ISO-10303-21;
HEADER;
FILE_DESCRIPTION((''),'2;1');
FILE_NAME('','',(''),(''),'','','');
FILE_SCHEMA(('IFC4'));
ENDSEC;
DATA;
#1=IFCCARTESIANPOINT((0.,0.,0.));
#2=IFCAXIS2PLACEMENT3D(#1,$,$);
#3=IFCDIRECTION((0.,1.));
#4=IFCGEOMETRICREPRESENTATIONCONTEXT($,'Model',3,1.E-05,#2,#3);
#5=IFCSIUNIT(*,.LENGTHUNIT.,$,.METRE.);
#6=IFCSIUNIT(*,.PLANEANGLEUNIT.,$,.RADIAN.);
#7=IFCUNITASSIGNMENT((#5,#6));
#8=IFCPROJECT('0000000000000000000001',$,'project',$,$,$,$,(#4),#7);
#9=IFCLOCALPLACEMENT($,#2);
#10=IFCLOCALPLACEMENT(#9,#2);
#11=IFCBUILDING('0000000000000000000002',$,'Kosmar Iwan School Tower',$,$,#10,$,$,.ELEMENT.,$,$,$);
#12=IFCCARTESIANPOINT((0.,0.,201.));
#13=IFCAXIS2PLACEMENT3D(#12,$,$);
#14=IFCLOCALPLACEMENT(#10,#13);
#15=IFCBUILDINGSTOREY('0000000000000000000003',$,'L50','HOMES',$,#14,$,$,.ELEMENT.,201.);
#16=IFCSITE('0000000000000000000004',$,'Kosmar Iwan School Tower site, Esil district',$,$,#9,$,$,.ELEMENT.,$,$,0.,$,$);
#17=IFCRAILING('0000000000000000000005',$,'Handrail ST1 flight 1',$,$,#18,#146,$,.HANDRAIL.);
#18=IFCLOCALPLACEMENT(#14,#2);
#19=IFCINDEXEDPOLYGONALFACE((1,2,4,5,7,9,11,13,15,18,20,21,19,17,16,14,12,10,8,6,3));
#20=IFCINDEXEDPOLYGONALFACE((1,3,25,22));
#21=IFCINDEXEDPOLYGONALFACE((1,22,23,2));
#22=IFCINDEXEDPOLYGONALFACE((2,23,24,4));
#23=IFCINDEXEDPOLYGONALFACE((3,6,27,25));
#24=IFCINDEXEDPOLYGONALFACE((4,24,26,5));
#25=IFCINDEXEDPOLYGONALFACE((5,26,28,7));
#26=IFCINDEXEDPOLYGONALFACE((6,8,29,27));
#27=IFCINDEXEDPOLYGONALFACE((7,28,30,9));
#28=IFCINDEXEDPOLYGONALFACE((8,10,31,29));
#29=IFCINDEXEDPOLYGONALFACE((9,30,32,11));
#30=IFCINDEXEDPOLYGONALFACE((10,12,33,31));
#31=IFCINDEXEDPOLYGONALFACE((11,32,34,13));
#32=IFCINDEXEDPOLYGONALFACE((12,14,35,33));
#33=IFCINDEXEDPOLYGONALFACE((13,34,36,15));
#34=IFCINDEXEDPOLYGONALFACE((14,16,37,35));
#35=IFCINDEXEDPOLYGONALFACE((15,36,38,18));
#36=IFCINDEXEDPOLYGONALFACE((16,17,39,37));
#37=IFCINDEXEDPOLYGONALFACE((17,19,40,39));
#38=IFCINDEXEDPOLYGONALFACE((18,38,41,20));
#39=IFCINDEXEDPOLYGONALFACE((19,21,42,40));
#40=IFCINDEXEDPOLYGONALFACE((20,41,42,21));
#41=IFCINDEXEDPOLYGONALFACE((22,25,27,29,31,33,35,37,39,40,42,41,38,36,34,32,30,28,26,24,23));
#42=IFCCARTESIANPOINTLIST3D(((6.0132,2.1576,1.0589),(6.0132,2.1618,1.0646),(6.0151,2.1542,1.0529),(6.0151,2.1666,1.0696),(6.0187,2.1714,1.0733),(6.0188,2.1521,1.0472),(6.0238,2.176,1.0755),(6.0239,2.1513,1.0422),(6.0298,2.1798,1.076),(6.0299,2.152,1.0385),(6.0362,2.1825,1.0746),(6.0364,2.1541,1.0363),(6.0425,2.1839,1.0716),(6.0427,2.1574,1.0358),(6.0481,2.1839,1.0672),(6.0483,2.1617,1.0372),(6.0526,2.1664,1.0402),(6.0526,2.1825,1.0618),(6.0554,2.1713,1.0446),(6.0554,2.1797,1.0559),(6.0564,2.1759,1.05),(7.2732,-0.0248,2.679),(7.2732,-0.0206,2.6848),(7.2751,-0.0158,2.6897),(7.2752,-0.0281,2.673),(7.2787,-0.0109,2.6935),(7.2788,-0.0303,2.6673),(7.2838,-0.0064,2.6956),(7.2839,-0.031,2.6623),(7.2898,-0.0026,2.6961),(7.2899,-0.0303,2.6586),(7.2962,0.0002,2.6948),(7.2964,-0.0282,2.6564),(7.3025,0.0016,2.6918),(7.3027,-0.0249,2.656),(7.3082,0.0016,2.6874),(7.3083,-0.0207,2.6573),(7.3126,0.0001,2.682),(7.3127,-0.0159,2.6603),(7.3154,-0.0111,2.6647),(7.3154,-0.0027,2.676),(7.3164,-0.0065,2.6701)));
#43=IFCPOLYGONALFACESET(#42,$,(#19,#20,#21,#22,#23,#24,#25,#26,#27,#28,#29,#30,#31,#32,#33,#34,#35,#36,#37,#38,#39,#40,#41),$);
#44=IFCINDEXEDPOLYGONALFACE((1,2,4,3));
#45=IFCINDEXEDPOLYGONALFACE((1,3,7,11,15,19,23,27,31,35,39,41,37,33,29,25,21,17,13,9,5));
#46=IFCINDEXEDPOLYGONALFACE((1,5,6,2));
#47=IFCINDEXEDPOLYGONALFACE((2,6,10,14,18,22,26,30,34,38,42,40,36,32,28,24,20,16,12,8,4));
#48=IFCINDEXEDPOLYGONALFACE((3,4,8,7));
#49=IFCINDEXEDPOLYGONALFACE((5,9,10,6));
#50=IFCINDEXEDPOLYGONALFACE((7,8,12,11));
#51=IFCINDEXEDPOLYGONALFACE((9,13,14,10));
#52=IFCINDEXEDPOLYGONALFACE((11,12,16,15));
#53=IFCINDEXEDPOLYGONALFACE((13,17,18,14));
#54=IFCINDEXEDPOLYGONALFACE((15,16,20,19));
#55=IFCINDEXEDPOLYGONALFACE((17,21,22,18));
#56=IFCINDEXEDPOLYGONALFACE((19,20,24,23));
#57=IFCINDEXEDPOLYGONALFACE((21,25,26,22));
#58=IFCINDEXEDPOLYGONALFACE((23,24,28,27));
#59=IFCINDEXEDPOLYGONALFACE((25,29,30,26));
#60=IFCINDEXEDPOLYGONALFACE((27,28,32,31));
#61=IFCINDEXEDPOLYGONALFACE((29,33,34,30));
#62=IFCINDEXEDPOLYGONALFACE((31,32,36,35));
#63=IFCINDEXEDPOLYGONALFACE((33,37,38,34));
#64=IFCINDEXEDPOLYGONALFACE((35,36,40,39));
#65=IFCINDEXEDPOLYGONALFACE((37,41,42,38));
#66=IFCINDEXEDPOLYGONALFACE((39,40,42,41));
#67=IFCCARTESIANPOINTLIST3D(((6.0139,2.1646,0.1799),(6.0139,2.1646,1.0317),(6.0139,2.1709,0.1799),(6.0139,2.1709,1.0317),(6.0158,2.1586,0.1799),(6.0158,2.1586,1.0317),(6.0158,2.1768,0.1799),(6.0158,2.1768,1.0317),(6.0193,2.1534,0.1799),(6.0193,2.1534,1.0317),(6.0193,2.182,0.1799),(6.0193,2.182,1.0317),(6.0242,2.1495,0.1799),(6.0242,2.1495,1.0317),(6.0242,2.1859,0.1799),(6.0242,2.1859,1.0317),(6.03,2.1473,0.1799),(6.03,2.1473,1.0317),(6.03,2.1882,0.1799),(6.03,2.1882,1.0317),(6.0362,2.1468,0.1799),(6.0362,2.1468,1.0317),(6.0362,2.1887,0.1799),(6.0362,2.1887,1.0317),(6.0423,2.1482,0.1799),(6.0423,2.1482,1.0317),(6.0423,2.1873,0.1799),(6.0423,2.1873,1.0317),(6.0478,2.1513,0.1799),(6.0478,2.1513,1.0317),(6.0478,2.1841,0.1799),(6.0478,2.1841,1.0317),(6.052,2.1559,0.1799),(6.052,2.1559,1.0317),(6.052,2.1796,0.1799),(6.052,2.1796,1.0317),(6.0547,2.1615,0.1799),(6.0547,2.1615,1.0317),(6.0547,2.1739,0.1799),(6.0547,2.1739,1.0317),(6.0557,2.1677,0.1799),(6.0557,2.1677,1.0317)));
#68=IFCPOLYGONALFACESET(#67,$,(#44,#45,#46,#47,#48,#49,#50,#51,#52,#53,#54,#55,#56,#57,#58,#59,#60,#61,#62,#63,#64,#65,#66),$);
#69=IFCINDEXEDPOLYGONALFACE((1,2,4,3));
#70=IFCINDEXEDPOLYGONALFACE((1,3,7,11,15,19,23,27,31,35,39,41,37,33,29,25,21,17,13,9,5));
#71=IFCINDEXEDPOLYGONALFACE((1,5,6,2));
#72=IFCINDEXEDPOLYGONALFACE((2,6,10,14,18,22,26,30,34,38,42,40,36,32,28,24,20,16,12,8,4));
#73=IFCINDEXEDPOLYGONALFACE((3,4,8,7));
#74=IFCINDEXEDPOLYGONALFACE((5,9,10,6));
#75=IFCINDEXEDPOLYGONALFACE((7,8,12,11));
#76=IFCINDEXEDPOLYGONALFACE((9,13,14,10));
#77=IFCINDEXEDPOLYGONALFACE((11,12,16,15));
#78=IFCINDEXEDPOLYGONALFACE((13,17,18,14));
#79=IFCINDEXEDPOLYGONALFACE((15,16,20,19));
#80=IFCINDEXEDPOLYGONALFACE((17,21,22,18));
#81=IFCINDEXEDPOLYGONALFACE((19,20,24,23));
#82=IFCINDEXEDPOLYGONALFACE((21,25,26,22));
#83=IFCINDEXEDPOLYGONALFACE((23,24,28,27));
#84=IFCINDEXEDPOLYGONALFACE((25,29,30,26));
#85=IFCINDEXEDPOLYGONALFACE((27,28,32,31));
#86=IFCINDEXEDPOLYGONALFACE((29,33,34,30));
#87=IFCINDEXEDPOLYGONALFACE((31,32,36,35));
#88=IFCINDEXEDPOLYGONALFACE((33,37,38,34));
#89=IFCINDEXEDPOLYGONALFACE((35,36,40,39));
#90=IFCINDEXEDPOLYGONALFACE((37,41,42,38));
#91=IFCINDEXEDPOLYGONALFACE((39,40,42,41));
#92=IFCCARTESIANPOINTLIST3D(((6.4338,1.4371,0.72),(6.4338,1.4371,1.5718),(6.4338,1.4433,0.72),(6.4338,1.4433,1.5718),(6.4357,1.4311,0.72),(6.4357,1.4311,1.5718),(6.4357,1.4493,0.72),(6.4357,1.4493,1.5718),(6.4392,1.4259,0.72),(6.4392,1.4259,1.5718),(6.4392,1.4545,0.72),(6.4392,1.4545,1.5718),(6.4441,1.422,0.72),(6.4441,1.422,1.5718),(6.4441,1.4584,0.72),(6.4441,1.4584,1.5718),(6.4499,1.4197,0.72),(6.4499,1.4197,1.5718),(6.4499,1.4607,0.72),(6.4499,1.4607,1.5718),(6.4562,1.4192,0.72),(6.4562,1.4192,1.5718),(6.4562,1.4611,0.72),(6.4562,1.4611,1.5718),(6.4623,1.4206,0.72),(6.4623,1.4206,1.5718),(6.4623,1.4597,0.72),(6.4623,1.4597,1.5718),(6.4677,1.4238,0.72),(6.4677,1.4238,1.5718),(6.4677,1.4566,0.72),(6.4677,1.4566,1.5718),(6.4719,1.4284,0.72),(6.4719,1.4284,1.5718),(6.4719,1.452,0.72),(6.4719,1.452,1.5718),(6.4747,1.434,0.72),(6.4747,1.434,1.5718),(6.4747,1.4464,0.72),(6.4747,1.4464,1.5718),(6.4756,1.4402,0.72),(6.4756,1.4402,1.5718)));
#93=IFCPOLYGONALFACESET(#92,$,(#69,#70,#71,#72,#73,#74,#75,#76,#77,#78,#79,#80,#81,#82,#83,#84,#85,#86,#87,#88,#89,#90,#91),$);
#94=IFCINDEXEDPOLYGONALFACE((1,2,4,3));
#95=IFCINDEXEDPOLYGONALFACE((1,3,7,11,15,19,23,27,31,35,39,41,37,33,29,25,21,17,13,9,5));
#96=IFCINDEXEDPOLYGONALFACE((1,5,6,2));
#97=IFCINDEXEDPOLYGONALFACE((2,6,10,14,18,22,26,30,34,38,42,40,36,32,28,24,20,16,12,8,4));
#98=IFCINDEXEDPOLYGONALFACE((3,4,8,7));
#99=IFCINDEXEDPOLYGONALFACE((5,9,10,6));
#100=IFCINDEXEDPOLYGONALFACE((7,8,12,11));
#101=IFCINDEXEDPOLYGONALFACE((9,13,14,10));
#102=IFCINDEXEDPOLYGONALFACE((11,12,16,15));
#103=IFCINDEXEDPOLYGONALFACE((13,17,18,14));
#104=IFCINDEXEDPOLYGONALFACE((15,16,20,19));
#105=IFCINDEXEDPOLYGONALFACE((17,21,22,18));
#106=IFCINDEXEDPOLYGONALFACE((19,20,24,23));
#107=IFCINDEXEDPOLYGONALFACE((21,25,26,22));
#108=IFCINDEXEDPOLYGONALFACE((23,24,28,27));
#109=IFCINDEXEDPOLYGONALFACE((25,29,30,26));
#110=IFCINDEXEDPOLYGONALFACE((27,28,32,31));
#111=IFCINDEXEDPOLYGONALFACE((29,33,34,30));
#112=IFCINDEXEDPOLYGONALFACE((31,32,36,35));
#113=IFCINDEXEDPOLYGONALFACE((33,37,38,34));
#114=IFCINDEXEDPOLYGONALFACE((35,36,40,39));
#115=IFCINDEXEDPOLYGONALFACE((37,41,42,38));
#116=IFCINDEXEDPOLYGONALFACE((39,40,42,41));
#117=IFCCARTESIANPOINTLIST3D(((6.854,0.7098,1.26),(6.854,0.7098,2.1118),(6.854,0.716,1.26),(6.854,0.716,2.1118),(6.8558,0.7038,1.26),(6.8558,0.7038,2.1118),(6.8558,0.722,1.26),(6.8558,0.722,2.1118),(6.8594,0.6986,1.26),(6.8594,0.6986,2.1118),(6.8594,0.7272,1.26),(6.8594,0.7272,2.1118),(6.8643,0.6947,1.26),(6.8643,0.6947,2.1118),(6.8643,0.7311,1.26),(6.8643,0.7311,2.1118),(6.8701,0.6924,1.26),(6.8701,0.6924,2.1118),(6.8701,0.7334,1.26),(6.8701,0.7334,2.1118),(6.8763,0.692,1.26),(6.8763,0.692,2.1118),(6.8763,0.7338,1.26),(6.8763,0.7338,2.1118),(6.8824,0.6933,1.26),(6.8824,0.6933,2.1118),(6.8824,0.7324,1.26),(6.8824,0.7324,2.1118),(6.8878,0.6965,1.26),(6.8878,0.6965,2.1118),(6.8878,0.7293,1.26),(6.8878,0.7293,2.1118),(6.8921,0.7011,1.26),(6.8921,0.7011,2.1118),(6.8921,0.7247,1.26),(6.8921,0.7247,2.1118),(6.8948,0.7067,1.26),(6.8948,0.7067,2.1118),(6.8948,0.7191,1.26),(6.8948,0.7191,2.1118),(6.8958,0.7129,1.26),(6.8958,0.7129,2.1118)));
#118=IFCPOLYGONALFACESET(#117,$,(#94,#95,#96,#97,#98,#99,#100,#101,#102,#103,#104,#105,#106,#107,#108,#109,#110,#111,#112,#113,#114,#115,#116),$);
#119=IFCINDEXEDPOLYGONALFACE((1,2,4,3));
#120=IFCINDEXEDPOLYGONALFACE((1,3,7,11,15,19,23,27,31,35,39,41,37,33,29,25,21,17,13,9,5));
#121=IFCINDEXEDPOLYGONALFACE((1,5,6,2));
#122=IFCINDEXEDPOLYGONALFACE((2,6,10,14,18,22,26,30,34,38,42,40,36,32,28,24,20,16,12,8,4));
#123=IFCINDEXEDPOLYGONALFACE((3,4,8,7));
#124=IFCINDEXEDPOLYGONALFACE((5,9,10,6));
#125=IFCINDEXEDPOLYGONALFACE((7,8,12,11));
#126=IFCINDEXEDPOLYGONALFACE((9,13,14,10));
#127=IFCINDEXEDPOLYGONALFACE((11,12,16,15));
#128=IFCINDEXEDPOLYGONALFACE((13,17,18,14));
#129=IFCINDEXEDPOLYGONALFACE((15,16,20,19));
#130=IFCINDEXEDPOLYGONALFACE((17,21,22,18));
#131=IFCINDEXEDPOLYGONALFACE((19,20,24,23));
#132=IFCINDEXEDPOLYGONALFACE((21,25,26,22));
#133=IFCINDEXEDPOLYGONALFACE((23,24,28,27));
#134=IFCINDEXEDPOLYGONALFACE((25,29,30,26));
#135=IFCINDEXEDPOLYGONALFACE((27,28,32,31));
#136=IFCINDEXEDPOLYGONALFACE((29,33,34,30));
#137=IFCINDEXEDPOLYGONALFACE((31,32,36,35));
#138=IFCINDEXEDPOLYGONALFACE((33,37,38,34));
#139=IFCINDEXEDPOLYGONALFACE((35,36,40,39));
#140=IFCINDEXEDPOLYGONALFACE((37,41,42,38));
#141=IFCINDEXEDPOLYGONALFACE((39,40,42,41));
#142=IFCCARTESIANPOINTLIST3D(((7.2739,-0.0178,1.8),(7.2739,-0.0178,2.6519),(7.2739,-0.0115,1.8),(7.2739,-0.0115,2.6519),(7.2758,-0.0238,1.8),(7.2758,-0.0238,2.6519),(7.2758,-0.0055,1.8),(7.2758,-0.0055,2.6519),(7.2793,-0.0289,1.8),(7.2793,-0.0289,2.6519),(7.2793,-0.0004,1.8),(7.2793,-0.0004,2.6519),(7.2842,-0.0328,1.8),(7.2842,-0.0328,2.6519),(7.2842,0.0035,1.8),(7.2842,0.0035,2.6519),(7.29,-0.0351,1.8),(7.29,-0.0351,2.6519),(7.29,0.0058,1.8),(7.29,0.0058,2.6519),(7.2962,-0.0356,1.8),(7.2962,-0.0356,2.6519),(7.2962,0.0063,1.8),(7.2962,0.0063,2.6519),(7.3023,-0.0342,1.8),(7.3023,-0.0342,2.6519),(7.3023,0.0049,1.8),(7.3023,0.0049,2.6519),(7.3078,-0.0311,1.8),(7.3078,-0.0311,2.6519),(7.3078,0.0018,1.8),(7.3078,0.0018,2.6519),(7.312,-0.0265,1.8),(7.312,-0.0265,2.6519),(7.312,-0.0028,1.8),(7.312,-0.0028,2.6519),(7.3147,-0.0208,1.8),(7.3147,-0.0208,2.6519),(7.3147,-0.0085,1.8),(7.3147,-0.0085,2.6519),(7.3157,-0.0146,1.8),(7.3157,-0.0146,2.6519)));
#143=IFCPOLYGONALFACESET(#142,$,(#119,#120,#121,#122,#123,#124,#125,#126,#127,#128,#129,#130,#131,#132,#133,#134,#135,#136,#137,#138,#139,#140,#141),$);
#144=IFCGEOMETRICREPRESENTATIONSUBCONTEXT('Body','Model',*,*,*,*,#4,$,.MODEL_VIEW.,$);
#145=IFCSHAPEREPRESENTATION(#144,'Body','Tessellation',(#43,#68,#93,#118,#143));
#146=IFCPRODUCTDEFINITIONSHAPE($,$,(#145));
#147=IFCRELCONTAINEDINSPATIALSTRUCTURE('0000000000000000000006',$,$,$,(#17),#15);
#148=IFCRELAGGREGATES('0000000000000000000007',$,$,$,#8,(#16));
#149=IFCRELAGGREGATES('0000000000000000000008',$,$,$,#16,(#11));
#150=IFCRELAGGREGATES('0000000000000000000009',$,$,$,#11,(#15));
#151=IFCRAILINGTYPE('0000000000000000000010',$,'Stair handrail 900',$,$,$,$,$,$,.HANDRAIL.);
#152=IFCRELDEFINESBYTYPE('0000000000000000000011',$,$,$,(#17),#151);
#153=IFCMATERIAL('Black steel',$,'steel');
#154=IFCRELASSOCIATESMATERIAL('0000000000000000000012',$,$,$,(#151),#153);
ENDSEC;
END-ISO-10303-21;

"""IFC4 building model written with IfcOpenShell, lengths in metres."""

from ifc_helpers import new_model, si_unit, direction, frame, origin, origin_2d, place, context, subcontext, project, spatial, circle, extrude, material, type_object, element, save


model = new_model("IFC4")

# Units and contexts
model_context = context("Model", 3, precision=1e-05, world=origin(), true_north=direction((0.0, 1.0)))
body_context = subcontext(model_context, "Body", "Model", "MODEL_VIEW")
ifc_project = project(units=[si_unit("LENGTHUNIT", "METRE"), si_unit("PLANEANGLEUNIT", "RADIAN")], contexts=[model_context])

# Site, building, storey
site_placement = place(None, origin())
site = spatial("IfcSite", under=ifc_project, at=site_placement, Name="Kosmar Iwan School Tower site, Esil district", CompositionType="ELEMENT", RefElevation=0.0)
building_placement = place(site_placement, origin())
building = spatial("IfcBuilding", under=site, at=building_placement, Name="Kosmar Iwan School Tower", CompositionType="ELEMENT")
storey_placement = place(building_placement, frame((0.0, 0.0, 201.0)))
storey = spatial("IfcBuildingStorey", under=building, at=storey_placement, Name="L50", Description="HOMES", CompositionType="ELEMENT", Elevation=201.0)

# Railing
ifc_material_1 = material(Name="Black steel", Category="steel")
railing_type = type_object("IfcRailingType", Name="Stair handrail 900", PredefinedType="HANDRAIL", material=ifc_material_1)
railing_1_placement = place(storey_placement, frame((6.0347, 2.1677, 0.1799)))
element("IfcRailing", 1, at=railing_1_placement, inside=storey, type_object=railing_type, Name="Handrail ST1 flight 1", PredefinedType="HANDRAIL", context=body_context, shape_type="SweptSolid", body=[
    extrude(circle(Radius=0.0239, at=origin_2d()), frame((0.0, 0.0, 0.876), z_axis=(0.420584, -0.728464, 0.540786), x_axis=(0.866023, 0.500005, 0.0)), (0.0, 0.0, 1.0), 2.9958),
    extrude(circle(Radius=0.021, at=origin_2d()), origin(), (0.0, 0.0, 1.0), 0.8518),
    extrude(circle(Radius=0.021, at=origin_2d()), frame((0.4199, -0.7275, 0.54)), (0.0, 0.0, 1.0), 0.8518),
    extrude(circle(Radius=0.021, at=origin_2d()), frame((0.8401, -1.4548, 1.0801)), (0.0, 0.0, 1.0), 0.8518),
    extrude(circle(Radius=0.021, at=origin_2d()), frame((1.26, -2.1824, 1.6201)), (0.0, 0.0, 1.0), 0.8518),
])

save(model, "model.ifc")
